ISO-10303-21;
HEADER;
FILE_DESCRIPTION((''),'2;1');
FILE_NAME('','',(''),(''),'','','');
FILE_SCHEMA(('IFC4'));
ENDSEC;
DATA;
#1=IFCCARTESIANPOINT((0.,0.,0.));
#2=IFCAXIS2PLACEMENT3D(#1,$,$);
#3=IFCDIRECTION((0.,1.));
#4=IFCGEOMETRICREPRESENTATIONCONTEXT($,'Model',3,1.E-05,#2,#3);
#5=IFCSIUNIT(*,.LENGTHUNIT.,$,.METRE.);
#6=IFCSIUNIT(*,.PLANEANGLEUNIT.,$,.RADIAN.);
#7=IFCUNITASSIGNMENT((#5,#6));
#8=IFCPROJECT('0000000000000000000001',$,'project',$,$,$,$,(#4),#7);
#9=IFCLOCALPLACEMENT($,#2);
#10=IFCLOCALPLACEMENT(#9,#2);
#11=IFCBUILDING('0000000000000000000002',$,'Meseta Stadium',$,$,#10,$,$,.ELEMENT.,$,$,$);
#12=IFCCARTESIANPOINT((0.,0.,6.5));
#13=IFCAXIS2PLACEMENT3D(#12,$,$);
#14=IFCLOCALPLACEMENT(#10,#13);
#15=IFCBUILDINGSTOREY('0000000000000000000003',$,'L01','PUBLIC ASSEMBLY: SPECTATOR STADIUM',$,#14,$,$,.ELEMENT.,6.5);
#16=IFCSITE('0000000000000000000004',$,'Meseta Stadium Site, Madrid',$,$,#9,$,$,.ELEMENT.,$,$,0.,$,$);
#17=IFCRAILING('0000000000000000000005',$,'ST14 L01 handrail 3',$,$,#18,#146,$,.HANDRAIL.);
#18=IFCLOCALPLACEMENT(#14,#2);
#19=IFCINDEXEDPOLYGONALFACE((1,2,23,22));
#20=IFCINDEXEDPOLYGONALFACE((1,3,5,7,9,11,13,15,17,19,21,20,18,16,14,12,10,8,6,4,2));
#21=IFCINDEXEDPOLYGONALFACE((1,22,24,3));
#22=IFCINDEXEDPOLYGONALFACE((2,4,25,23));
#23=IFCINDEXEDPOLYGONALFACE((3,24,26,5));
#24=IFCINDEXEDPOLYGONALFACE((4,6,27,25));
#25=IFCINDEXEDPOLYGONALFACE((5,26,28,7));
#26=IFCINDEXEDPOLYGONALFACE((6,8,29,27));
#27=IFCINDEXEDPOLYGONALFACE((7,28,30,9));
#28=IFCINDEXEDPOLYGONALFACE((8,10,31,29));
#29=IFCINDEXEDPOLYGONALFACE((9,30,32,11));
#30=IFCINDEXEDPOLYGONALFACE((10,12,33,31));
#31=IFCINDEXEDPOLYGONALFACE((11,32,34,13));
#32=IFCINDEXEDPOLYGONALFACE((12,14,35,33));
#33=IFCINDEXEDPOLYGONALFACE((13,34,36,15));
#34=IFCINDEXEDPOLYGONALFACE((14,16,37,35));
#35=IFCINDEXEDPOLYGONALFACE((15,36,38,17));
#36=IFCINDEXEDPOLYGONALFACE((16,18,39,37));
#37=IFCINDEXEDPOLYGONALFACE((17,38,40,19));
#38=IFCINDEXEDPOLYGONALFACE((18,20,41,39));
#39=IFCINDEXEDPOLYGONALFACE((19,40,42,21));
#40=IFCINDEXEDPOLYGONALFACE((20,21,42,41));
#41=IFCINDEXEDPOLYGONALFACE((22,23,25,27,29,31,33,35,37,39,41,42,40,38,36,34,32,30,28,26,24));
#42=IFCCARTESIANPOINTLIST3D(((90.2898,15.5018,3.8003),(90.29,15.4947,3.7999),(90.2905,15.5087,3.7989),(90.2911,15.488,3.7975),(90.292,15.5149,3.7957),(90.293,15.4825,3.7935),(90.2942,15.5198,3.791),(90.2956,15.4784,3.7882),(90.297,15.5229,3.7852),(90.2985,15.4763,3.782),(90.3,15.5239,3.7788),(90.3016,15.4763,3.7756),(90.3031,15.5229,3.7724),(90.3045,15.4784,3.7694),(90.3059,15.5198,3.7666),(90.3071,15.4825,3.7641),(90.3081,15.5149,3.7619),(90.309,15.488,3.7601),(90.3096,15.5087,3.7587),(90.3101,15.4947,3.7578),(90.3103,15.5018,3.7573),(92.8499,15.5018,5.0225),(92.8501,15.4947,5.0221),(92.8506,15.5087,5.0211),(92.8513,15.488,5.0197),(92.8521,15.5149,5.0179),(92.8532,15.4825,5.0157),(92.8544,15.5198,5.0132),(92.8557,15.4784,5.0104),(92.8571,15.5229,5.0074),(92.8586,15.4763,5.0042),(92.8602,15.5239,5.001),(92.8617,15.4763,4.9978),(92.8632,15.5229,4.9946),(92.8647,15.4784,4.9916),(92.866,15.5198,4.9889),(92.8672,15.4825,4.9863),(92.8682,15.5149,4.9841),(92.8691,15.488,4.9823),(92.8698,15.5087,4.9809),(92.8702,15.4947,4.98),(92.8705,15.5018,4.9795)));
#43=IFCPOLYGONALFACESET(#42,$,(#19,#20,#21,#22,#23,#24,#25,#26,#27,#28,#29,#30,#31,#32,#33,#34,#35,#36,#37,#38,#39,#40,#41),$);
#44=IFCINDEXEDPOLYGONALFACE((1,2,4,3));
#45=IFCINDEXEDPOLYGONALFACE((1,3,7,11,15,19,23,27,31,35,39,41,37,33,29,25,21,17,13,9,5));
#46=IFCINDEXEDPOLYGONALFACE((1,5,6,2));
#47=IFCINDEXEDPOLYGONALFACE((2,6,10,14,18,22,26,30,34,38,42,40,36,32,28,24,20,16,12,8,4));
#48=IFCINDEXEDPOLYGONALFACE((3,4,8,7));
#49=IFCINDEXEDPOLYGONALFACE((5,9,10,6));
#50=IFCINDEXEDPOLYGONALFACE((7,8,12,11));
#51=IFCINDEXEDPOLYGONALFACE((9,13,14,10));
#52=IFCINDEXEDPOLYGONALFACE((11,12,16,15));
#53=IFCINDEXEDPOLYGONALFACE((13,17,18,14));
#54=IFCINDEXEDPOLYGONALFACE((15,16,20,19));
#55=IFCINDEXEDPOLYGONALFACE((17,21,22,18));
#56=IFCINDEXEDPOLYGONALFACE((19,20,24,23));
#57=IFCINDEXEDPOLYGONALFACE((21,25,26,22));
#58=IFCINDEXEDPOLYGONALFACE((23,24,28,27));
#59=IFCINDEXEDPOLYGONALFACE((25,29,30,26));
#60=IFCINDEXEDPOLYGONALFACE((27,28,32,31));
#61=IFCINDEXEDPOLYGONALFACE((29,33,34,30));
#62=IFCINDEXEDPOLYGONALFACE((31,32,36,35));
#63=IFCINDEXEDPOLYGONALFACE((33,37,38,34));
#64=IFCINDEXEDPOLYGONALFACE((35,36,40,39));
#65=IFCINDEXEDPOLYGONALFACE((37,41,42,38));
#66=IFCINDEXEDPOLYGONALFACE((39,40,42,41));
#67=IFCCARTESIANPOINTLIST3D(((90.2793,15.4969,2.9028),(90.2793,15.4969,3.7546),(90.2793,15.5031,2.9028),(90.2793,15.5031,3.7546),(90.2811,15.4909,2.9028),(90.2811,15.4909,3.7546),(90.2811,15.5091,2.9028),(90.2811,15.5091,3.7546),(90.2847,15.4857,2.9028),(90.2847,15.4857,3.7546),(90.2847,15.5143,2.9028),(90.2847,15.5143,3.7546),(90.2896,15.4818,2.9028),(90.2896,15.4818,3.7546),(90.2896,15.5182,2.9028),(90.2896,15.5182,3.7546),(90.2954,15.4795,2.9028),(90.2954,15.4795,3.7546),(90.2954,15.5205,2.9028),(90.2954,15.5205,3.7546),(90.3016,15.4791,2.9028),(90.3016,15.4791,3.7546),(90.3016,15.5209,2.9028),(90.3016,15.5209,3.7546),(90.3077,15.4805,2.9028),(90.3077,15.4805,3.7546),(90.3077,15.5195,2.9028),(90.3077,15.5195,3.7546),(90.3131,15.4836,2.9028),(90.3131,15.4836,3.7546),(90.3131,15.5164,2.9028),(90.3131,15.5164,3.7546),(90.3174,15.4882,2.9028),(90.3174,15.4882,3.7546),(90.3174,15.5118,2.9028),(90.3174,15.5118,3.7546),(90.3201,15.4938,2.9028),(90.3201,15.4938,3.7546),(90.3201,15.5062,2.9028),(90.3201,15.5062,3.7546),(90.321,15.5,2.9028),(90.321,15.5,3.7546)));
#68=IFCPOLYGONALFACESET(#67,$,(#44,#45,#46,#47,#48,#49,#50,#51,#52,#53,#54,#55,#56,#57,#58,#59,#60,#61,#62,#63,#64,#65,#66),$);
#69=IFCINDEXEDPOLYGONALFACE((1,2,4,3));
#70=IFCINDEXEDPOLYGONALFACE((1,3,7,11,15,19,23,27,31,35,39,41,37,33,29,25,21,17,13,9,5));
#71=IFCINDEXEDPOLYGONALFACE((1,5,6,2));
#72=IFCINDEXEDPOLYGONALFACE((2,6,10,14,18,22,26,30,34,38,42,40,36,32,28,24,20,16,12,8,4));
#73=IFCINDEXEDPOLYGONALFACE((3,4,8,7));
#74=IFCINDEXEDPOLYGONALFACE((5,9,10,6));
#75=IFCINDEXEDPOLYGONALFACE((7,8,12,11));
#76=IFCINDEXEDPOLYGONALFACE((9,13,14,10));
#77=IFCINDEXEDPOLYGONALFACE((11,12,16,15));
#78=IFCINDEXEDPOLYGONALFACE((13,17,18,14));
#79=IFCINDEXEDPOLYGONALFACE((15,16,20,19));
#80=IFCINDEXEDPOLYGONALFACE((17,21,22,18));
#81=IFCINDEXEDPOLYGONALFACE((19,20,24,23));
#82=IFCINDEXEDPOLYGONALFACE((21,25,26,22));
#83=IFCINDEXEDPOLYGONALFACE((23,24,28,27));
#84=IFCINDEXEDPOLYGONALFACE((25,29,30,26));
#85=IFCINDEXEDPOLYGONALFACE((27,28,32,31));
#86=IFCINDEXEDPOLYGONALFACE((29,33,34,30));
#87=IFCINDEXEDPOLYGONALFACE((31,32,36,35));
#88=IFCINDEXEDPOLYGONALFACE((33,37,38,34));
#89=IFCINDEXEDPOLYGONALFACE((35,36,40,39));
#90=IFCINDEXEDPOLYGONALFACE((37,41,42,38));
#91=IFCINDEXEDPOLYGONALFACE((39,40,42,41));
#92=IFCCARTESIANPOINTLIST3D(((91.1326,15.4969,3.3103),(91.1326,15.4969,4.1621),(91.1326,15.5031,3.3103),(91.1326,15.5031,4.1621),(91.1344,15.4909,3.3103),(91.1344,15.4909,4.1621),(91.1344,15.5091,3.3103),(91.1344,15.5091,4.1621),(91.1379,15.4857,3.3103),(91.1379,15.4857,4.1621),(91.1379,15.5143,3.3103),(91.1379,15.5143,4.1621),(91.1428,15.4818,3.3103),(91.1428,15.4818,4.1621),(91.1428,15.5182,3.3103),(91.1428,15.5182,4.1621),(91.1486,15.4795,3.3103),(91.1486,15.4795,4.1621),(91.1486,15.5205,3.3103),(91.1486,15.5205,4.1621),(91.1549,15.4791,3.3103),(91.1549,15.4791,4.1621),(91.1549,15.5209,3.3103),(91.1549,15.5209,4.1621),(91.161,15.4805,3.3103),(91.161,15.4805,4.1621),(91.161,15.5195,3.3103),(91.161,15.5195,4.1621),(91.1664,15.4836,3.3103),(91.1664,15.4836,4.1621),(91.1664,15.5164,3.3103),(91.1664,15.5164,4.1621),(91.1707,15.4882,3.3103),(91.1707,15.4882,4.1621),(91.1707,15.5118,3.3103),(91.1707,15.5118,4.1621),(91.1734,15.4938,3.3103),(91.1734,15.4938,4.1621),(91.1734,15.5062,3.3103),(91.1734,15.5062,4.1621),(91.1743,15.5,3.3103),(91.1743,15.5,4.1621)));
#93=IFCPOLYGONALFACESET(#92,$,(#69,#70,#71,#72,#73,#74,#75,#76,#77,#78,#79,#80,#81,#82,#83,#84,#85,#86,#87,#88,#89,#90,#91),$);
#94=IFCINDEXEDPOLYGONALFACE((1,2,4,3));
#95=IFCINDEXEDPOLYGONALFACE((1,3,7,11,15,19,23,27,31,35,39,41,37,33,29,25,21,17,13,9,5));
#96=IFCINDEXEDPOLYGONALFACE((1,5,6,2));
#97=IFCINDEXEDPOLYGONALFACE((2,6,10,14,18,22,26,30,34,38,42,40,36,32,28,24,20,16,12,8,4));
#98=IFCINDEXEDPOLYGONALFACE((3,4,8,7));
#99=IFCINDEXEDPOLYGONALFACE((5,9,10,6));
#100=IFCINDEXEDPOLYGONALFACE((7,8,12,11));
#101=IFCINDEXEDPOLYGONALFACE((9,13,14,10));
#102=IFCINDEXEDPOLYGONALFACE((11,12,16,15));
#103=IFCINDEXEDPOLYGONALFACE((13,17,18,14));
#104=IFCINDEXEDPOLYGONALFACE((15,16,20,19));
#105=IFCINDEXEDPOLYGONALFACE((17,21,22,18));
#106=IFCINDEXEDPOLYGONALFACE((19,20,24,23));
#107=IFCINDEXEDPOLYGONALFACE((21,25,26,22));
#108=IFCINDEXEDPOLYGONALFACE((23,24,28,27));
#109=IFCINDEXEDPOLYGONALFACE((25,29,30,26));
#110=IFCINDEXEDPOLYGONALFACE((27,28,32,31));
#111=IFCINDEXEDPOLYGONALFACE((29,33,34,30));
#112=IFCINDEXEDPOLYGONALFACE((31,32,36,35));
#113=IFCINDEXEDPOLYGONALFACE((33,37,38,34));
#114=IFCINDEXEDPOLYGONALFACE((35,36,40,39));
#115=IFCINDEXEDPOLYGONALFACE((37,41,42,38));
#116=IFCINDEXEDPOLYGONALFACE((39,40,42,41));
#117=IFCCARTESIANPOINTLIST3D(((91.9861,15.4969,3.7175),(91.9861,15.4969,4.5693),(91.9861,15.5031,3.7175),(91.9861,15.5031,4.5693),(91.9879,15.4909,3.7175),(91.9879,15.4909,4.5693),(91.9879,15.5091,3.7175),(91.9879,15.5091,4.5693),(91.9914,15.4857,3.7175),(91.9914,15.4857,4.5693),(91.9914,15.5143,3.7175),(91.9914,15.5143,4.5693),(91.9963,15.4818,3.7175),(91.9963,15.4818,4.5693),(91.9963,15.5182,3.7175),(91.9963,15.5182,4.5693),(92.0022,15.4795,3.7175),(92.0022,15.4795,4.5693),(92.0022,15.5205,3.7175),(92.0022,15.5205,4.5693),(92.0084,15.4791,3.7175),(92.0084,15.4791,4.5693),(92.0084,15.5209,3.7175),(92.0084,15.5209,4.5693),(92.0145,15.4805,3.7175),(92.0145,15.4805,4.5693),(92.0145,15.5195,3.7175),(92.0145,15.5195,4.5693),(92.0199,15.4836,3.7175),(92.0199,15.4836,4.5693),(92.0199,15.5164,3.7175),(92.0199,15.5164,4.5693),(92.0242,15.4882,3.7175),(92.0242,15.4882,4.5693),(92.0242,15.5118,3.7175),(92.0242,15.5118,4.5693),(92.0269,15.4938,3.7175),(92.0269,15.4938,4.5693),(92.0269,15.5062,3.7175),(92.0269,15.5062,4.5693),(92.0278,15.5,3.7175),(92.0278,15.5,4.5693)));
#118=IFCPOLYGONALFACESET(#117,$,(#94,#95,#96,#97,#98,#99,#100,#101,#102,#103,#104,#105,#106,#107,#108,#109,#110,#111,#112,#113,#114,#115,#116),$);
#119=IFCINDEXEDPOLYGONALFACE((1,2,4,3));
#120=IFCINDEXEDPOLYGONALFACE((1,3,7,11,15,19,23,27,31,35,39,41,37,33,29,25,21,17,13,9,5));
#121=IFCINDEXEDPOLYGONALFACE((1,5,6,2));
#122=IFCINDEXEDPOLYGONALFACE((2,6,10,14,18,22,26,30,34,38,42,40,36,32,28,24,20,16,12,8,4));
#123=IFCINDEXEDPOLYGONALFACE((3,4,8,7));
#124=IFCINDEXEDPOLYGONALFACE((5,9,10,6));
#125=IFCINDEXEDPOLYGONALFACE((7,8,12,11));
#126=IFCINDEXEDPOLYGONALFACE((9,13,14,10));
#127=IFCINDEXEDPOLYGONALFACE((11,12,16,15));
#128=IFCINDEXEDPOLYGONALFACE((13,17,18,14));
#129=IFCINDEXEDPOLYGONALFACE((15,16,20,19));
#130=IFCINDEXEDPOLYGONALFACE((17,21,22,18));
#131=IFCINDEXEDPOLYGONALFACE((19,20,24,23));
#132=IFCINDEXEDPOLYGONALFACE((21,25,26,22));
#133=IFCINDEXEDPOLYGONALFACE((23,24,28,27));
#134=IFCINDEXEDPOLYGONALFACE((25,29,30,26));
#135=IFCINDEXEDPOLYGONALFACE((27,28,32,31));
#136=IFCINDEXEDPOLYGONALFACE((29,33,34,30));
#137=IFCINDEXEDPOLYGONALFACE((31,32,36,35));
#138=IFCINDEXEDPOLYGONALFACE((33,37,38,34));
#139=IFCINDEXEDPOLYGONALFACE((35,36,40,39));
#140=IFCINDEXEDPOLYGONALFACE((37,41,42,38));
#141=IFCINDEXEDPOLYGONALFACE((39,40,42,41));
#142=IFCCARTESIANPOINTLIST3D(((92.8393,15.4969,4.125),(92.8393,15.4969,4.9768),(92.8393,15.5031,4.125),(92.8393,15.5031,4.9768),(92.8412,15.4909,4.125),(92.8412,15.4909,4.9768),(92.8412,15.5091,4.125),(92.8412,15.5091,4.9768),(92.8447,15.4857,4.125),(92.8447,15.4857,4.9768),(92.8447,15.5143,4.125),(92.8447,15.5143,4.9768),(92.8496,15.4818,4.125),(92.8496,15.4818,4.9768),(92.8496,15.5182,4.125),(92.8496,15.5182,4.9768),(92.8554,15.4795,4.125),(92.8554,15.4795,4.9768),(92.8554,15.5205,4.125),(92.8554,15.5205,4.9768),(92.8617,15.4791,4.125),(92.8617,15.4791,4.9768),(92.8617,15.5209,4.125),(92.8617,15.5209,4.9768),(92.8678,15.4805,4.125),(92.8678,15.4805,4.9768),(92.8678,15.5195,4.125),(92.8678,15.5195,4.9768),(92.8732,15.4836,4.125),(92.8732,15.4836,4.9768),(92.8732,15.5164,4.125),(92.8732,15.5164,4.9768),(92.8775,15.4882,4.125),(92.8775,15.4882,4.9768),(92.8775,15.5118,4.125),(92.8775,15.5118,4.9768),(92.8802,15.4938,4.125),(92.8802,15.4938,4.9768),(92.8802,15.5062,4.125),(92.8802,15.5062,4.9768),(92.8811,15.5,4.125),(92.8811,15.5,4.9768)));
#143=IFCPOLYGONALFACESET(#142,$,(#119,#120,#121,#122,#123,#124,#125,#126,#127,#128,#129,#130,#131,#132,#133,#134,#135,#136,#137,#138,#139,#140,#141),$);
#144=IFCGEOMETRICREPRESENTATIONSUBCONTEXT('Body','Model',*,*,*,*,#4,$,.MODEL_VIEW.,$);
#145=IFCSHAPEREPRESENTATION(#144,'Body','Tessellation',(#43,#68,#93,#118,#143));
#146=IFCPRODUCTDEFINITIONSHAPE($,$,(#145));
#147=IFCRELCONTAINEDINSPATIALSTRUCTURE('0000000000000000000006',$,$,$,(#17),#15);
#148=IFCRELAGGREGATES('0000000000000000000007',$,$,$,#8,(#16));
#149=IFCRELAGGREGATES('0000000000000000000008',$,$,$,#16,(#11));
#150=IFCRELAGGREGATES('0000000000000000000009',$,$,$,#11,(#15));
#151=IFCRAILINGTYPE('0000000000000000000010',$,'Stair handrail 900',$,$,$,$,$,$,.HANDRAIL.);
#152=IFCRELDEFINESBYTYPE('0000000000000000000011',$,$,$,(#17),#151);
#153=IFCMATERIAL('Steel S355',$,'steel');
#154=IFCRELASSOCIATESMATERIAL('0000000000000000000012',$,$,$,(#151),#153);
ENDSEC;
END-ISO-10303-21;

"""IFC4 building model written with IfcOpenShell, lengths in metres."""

from ifc_helpers import new_model, si_unit, direction, frame, origin, origin_2d, place, context, subcontext, project, spatial, circle, extrude, material, type_object, element, save


model = new_model("IFC4")

# Units and contexts
model_context = context("Model", 3, precision=1e-05, world=origin(), true_north=direction((0.0, 1.0)))
body_context = subcontext(model_context, "Body", "Model", "MODEL_VIEW")
ifc_project = project(units=[si_unit("LENGTHUNIT", "METRE"), si_unit("PLANEANGLEUNIT", "RADIAN")], contexts=[model_context])

# Site, building, storey
site_placement = place(None, origin())
site = spatial("IfcSite", under=ifc_project, at=site_placement, Name="Meseta Stadium Site, Madrid", CompositionType="ELEMENT", RefElevation=0.0)
building_placement = place(site_placement, origin())
building = spatial("IfcBuilding", under=site, at=building_placement, Name="Meseta Stadium", CompositionType="ELEMENT")
storey_placement = place(building_placement, frame((0.0, 0.0, 6.5)))
storey = spatial("IfcBuildingStorey", under=building, at=storey_placement, Name="L01", Description="PUBLIC ASSEMBLY: SPECTATOR STADIUM", CompositionType="ELEMENT", Elevation=6.5)

# Railing
ifc_material_1 = material(Name="Steel S355", Category="steel")
railing_type_1 = type_object("IfcRailingType", Name="Stair handrail 900", PredefinedType="HANDRAIL", material=ifc_material_1)
for number, where, name in (
    (1, (90.3, 15.5, 2.9028), "ST14 L01 handrail 3"),
):
    element("IfcRailing", number, at=place(storey_placement, frame(where)), inside=storey, type_object=railing_type_1, Name=name, PredefinedType="HANDRAIL", context=body_context, shape_type="SweptSolid", body=[
        extrude(circle(Radius=0.0239, at=origin_2d()), frame((0.0, 0.0, 0.876), z_axis=(0.902437, 0.0, 0.430822), x_axis=(0.0, 1.0, 0.0)), (0.0, 0.0, 1.0), 2.8369),
        extrude(circle(Radius=0.021, at=origin_2d()), origin(), (0.0, 0.0, 1.0), 0.8518),
        extrude(circle(Radius=0.021, at=origin_2d()), frame((0.8533, 0.0, 0.4075)), (0.0, 0.0, 1.0), 0.8518),
        extrude(circle(Radius=0.021, at=origin_2d()), frame((1.7068, 0.0, 0.8147)), (0.0, 0.0, 1.0), 0.8518),
        extrude(circle(Radius=0.021, at=origin_2d()), frame((2.5601, 0.0, 1.2222)), (0.0, 0.0, 1.0), 0.8518),
    ])

save(model, "model.ifc")
